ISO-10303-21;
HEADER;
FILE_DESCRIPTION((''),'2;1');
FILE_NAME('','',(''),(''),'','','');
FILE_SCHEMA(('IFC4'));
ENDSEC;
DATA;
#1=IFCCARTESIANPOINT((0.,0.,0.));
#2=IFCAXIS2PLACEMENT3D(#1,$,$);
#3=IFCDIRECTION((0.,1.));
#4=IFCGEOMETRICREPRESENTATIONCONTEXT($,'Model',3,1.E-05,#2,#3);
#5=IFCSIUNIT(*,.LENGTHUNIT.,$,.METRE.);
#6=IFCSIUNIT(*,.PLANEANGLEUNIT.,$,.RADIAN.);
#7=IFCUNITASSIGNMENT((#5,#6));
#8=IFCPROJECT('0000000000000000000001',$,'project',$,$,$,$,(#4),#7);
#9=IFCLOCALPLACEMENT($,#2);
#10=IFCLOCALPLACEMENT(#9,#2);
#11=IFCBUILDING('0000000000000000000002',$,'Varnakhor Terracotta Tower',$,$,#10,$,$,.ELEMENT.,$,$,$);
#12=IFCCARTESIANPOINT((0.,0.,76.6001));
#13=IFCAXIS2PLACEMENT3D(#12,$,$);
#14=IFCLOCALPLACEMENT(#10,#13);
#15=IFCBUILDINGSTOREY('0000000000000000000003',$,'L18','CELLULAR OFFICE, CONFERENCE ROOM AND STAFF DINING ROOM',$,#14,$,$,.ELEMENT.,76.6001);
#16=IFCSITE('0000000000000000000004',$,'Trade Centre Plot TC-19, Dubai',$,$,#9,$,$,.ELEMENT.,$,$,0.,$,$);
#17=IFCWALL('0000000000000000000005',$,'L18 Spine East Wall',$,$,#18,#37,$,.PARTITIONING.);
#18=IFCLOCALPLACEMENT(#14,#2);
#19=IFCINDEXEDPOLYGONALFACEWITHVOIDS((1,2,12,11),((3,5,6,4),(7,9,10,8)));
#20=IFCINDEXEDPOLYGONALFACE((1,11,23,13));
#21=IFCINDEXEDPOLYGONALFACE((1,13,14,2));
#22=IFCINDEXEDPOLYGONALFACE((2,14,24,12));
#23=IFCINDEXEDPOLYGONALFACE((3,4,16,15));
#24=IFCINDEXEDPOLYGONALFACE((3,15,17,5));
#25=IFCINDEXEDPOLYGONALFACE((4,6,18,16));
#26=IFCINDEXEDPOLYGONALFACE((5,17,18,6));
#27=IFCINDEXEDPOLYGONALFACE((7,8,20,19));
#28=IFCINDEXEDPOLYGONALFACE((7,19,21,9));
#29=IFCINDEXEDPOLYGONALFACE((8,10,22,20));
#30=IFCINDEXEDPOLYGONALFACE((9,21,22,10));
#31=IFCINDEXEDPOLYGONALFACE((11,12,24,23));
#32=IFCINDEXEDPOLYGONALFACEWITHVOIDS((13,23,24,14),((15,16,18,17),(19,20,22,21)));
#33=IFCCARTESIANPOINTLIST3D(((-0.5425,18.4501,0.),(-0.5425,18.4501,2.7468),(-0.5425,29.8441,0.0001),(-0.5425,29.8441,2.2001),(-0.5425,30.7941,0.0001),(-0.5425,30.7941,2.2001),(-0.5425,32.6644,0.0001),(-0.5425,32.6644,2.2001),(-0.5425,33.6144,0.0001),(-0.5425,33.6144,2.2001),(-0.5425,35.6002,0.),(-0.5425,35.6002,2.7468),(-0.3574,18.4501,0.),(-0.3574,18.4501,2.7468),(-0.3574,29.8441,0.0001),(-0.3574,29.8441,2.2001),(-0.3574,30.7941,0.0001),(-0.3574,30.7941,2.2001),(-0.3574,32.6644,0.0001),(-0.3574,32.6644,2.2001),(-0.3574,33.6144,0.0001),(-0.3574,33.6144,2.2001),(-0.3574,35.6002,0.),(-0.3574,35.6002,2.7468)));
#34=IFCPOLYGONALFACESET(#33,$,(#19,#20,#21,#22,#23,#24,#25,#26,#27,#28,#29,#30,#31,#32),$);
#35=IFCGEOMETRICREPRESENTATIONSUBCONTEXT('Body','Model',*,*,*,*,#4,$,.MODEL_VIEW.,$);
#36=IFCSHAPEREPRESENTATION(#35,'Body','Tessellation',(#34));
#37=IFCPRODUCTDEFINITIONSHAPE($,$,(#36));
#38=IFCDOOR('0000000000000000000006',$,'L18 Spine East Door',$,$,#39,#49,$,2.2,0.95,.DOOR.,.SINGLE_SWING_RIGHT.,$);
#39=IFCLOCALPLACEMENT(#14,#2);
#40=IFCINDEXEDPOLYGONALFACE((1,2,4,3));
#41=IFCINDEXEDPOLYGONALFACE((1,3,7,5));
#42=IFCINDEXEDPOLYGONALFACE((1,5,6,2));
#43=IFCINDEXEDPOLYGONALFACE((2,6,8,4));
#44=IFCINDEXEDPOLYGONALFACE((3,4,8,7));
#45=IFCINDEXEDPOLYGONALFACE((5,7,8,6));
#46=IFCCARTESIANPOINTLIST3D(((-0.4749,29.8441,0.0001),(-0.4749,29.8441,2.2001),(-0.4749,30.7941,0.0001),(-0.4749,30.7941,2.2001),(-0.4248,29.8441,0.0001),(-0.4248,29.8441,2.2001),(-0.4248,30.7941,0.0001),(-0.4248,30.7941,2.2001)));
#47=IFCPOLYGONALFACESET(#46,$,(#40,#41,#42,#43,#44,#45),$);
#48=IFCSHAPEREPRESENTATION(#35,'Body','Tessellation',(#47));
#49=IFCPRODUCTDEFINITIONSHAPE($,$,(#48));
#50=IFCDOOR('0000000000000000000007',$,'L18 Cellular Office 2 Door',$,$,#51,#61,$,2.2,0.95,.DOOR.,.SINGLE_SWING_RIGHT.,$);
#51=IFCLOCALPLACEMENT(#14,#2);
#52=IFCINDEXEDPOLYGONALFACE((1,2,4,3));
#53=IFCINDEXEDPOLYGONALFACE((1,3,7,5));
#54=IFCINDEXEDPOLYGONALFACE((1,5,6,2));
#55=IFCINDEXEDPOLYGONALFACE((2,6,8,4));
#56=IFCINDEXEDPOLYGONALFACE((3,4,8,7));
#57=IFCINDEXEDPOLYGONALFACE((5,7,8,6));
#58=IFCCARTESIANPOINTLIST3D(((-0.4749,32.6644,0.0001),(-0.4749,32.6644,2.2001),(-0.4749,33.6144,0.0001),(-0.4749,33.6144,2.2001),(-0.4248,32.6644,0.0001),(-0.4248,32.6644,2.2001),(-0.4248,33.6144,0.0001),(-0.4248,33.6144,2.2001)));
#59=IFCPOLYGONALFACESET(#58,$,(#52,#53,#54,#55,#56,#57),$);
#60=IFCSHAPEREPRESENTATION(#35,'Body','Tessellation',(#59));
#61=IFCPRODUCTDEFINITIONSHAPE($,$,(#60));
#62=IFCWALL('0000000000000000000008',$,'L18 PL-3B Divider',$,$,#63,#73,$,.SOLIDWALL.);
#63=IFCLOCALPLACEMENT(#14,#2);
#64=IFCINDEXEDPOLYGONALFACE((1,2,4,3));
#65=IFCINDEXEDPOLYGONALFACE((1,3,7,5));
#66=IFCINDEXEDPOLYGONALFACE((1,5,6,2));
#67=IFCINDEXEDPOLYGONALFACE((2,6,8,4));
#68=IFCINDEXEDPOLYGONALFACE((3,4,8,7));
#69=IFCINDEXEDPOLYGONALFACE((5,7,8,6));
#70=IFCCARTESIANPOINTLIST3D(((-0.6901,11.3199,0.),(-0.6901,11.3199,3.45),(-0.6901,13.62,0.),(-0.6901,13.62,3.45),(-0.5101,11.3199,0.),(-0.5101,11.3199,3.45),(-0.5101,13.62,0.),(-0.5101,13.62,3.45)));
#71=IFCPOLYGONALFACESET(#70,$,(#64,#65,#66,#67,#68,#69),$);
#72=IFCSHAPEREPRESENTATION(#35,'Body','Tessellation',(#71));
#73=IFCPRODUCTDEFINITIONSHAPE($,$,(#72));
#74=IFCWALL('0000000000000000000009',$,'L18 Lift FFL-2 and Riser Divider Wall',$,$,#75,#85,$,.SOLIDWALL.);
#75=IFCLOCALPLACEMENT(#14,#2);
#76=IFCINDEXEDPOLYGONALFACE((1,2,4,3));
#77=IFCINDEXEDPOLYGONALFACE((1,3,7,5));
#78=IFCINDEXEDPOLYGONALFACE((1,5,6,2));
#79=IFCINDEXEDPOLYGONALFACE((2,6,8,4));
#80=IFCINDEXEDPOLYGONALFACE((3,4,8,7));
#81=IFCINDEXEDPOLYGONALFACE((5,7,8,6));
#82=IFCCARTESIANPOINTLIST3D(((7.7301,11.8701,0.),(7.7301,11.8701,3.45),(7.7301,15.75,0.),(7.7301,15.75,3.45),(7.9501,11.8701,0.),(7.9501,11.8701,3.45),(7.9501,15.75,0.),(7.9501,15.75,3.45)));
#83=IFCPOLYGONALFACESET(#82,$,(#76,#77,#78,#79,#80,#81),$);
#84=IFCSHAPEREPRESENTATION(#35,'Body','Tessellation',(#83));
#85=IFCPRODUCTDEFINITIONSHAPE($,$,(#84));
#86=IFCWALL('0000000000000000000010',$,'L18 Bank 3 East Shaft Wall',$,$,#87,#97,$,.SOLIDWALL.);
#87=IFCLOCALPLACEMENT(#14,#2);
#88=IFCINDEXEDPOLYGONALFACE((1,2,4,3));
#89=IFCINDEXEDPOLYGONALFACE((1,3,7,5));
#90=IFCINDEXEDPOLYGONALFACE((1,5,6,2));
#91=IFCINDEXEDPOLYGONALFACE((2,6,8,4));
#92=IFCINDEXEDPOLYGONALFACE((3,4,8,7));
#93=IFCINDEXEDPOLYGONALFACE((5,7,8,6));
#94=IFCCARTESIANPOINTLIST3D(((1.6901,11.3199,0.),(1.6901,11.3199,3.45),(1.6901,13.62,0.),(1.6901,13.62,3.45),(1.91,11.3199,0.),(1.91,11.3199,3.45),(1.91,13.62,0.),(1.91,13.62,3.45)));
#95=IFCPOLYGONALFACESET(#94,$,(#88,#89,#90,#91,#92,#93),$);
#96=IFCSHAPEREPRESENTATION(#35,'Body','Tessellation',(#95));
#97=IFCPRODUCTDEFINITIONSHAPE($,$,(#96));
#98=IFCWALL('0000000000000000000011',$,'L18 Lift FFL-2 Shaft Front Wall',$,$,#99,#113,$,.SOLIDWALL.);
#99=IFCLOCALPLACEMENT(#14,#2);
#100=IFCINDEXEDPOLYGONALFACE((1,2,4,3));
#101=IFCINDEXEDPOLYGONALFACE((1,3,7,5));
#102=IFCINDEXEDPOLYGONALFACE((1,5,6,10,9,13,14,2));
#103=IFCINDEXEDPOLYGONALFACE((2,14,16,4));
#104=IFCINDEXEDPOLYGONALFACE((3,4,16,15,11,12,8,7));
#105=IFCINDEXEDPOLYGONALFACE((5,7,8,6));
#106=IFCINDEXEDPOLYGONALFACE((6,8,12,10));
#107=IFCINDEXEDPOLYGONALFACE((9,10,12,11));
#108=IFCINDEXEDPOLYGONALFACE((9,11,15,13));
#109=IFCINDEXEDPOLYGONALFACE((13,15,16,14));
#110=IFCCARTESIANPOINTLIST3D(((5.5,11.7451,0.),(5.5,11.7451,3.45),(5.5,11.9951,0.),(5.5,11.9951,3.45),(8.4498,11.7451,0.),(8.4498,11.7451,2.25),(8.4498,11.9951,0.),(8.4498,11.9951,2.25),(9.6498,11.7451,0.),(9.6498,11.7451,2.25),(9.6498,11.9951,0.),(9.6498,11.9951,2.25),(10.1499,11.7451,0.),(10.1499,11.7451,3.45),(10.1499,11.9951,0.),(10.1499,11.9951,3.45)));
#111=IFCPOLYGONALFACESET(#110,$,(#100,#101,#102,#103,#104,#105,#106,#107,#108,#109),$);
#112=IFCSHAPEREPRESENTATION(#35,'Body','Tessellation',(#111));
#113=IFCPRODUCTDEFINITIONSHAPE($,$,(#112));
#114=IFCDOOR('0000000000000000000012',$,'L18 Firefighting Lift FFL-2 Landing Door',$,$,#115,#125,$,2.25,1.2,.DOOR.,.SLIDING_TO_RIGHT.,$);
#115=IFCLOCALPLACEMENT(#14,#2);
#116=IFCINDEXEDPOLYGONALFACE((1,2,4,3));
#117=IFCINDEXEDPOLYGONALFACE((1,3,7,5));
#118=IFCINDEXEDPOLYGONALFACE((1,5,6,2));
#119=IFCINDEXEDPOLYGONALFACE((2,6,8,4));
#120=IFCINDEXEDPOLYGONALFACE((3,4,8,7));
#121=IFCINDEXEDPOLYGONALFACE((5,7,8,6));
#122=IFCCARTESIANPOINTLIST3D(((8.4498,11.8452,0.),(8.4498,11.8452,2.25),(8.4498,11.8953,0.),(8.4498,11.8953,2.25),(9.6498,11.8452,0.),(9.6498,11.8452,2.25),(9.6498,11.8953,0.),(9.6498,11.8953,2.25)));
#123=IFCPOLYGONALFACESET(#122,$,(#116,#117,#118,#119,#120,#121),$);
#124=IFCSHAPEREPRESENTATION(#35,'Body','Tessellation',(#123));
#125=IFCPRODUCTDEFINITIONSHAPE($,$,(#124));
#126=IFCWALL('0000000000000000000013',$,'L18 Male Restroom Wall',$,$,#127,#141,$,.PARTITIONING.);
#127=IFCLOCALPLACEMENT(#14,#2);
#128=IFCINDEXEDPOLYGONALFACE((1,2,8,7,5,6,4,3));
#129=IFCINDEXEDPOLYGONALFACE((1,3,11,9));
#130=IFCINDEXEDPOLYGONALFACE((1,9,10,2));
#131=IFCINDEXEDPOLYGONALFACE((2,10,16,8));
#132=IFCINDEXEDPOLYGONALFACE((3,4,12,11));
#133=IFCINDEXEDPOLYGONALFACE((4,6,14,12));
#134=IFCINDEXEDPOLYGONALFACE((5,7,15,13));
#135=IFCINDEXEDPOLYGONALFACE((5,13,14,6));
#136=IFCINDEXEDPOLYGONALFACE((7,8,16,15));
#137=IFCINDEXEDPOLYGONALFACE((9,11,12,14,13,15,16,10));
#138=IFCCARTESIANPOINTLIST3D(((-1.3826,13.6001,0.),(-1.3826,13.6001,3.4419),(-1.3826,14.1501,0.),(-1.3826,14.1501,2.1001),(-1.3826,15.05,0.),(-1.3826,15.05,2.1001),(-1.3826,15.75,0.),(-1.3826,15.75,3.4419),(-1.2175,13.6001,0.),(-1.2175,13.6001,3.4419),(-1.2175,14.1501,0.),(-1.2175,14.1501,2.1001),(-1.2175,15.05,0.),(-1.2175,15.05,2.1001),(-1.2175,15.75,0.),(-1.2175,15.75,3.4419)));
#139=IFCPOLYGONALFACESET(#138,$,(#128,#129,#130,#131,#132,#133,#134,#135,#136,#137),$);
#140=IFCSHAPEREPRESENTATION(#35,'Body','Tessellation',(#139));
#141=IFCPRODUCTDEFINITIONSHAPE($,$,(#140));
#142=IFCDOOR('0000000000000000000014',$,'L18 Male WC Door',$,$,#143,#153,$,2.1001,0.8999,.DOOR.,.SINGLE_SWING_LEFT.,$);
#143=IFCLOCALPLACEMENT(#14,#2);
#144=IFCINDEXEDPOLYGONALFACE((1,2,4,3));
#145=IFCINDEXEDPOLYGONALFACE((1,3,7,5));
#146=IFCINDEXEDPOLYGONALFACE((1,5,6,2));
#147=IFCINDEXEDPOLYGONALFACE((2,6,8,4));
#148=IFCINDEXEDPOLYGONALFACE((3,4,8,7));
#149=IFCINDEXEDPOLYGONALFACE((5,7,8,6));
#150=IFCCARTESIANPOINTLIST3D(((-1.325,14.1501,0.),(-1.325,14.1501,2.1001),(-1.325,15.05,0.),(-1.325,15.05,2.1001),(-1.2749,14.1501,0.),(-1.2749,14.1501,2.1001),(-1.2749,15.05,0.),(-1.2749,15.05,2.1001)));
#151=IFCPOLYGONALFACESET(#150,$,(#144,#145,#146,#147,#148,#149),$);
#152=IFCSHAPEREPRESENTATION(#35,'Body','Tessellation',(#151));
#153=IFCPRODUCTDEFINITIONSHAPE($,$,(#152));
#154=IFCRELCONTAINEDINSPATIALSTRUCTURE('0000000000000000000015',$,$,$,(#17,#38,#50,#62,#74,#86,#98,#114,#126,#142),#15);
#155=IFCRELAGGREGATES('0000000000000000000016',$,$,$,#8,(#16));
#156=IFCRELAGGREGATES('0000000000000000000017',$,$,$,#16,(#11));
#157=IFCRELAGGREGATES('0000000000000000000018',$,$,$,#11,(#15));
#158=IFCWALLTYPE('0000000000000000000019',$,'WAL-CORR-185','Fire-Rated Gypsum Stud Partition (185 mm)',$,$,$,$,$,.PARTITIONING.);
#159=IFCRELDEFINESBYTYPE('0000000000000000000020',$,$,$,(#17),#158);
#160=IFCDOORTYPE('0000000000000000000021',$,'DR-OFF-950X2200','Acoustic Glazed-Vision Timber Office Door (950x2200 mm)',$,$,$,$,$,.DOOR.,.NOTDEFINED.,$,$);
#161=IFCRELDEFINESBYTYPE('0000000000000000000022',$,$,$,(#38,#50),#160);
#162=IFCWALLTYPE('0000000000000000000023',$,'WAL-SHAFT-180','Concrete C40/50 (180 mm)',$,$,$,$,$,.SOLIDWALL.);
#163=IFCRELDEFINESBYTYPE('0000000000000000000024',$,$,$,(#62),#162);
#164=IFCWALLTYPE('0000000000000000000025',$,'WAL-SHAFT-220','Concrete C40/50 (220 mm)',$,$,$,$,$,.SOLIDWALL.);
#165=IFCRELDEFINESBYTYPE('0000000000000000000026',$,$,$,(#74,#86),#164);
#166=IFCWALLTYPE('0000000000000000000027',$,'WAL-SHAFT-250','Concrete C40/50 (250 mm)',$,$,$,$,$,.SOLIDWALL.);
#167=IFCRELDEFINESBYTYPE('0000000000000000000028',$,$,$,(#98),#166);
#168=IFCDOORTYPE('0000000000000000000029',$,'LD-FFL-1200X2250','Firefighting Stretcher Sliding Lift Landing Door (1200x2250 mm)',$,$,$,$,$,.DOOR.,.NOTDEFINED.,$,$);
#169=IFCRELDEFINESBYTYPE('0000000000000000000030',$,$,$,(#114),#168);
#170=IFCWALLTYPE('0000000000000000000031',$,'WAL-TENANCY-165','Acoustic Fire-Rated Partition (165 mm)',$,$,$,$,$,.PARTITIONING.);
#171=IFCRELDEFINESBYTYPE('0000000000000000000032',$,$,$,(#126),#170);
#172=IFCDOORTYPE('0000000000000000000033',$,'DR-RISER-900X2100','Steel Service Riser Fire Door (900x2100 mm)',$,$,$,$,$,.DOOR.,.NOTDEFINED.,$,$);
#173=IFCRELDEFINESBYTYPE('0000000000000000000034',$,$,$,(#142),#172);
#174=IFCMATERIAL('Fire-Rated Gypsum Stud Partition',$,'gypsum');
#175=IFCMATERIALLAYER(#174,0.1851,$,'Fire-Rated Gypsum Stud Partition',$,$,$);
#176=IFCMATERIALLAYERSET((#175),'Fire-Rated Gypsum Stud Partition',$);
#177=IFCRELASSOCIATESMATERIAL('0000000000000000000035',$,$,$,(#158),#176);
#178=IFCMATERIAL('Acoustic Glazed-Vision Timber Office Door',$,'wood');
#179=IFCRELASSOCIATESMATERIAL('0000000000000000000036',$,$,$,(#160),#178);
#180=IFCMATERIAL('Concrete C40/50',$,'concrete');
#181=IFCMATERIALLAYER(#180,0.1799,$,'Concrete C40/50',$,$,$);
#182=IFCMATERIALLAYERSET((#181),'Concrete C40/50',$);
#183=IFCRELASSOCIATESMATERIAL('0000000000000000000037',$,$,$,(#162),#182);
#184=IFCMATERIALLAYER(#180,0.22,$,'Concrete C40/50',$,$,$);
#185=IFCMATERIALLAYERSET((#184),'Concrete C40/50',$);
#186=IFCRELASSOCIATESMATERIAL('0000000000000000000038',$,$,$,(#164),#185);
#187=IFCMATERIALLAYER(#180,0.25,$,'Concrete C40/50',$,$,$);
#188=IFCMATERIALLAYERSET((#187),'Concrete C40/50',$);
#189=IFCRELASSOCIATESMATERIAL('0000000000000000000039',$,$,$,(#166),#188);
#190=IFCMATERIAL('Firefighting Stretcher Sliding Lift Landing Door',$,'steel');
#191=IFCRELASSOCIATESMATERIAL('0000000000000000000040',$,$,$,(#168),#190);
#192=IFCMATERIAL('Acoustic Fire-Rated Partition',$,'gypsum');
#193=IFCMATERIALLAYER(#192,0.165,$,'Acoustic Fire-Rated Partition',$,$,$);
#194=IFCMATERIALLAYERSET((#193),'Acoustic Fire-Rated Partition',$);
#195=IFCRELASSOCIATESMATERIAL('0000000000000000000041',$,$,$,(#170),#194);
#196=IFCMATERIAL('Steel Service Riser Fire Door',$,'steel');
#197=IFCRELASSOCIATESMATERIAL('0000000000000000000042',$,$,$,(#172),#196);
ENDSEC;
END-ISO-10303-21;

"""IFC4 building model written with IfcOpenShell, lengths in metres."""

from ifc_helpers import new_model, si_unit, direction, frame, frame_2d, origin, place, context, subcontext, project, spatial, rectangle, extrude, source, transform, mapped, material, layer, layer_set, type_object, type_shapes, element, fill, save


model = new_model("IFC4")

# Units and contexts
model_context = context("Model", 3, precision=1e-05, world=origin(), true_north=direction((0.0, 1.0)))
body_context = subcontext(model_context, "Body", "Model", "MODEL_VIEW")
ifc_project = project(units=[si_unit("LENGTHUNIT", "METRE"), si_unit("PLANEANGLEUNIT", "RADIAN")], contexts=[model_context])

# Site, building, storey
site_placement = place(None, origin())
site = spatial("IfcSite", under=ifc_project, at=site_placement, Name="Trade Centre Plot TC-19, Dubai", CompositionType="ELEMENT", RefElevation=0.0)
building_placement = place(site_placement, origin())
building = spatial("IfcBuilding", under=site, at=building_placement, Name="Varnakhor Terracotta Tower", CompositionType="ELEMENT")
storey_placement = place(building_placement, frame((0.0, 0.0, 76.6001)))
storey = spatial("IfcBuildingStorey", under=building, at=storey_placement, Name="L18", Description="CELLULAR OFFICE, CONFERENCE ROOM AND STAFF DINING ROOM", CompositionType="ELEMENT", Elevation=76.6001)

# Shared definitions
ifc_material_1 = material(Name="Fire-Rated Gypsum Stud Partition", Category="gypsum")
ifc_layer_1 = layer(ifc_material_1, 0.1851, Name="Fire-Rated Gypsum Stud Partition")
ifc_layer_set_1 = layer_set([ifc_layer_1], Name="Fire-Rated Gypsum Stud Partition")
wall_type_1 = type_object("IfcWallType", Name="WAL-CORR-185", Description="Fire-Rated Gypsum Stud Partition (185 mm)", PredefinedType="PARTITIONING", material=ifc_layer_set_1)
ifc_material_2 = material(Name="Acoustic Glazed-Vision Timber Office Door", Category="wood")
door_type_1 = type_object("IfcDoorType", Name="DR-OFF-950X2200", Description="Acoustic Glazed-Vision Timber Office Door (950x2200 mm)", OperationType="NOTDEFINED", PredefinedType="DOOR", material=ifc_material_2)
shared_shape_1 = source(origin(), body_context, "Body", "SweptSolid", [
    extrude(rectangle(XDim=0.95, YDim=2.2, at=frame_2d((0.4751, 1.1001))), frame((0.0, 0.0249, 0.0), z_axis=(0.0, -1.0, 0.0), x_axis=(1.0, 0.0, 0.0)), (0.0, 0.0, 1.0), 0.05),
])
type_shapes(door_type_1, [shared_shape_1])

# Wall, openings, doors
wall_1_placement = place(storey_placement, frame((-0.45, 18.45, 0.0), z_axis=(0.0, 0.0, 1.0), x_axis=(0.0, 1.0, 0.0)))
wall_1 = element("IfcWall", 1, at=wall_1_placement, inside=storey, type_object=wall_type_1, Name="L18 Spine East Wall", PredefinedType="PARTITIONING", context=body_context, shape_type="SweptSolid", body=[
    extrude(rectangle(XDim=17.1501, YDim=0.1851, at=frame_2d((8.5752, 0.0))), origin(), (0.0, 0.0, 1.0), 2.7468),
])
opening_1_placement = place(wall_1_placement, frame((11.394, 0.0, 0.0)))
opening_1 = element("IfcOpeningElement", 2, at=opening_1_placement, cuts=wall_1, PredefinedType="OPENING", context=body_context, shape_type="SweptSolid", body=[
    extrude(rectangle(XDim=0.95, YDim=2.2, at=frame_2d((0.4751, 1.1001))), frame((0.0, 0.1025, 0.0), z_axis=(0.0, -1.0, 0.0), x_axis=(1.0, 0.0, 0.0)), (0.0, 0.0, 1.0), 0.2051),
])
opening_2_placement = place(wall_1_placement, frame((14.2144, 0.0, 0.0)))
opening_2 = element("IfcOpeningElement", 3, at=opening_2_placement, cuts=wall_1, PredefinedType="OPENING", context=body_context, shape_type="SweptSolid", body=[
    extrude(rectangle(XDim=0.95, YDim=2.2, at=frame_2d((0.4751, 1.1001))), frame((0.0, 0.1025, 0.0), z_axis=(0.0, -1.0, 0.0), x_axis=(1.0, 0.0, 0.0)), (0.0, 0.0, 1.0), 0.2051),
])
door_1_placement = place(opening_1_placement, origin())
door_1 = element("IfcDoor", 4, at=door_1_placement, inside=storey, type_object=door_type_1, Name="L18 Spine East Door", OperationType="SINGLE_SWING_RIGHT", OverallHeight=2.2, OverallWidth=0.95, PredefinedType="DOOR", context=body_context, shape_type="MappedRepresentation", body=[
    mapped(shared_shape_1, transform((0.0, 0.0, 0.0), scale=1.0)),
])
fill(opening_1, door_1)
door_2_placement = place(opening_2_placement, origin())
door_2 = element("IfcDoor", 5, at=door_2_placement, inside=storey, type_object=door_type_1, Name="L18 Cellular Office 2 Door", OperationType="SINGLE_SWING_RIGHT", OverallHeight=2.2, OverallWidth=0.95, PredefinedType="DOOR", context=body_context, shape_type="MappedRepresentation", body=[
    mapped(shared_shape_1, transform((0.0, 0.0, 0.0), scale=1.0)),
])
fill(opening_2, door_2)

# Walls
ifc_material_3 = material(Name="Concrete C40/50", Category="concrete")
ifc_layer_2 = layer(ifc_material_3, 0.1799, Name="Concrete C40/50")
ifc_layer_set_2 = layer_set([ifc_layer_2], Name="Concrete C40/50")
wall_type_2 = type_object("IfcWallType", Name="WAL-SHAFT-180", Description="Concrete C40/50 (180 mm)", PredefinedType="SOLIDWALL", material=ifc_layer_set_2)
wall_2_placement = place(storey_placement, frame((-0.6001, 11.3201, 0.0), z_axis=(0.0, 0.0, 1.0), x_axis=(0.0, 1.0, 0.0)))
element("IfcWall", 6, at=wall_2_placement, inside=storey, type_object=wall_type_2, Name="L18 PL-3B Divider", PredefinedType="SOLIDWALL", context=body_context, shape_type="SweptSolid", body=[
    extrude(rectangle(XDim=2.3, YDim=0.1799, at=frame_2d((1.1499, 0.0))), origin(), (0.0, 0.0, 1.0), 3.45),
])
ifc_layer_3 = layer(ifc_material_3, 0.22, Name="Concrete C40/50")
ifc_layer_set_3 = layer_set([ifc_layer_3], Name="Concrete C40/50")
wall_type_3 = type_object("IfcWallType", Name="WAL-SHAFT-220", Description="Concrete C40/50 (220 mm)", PredefinedType="SOLIDWALL", material=ifc_layer_set_3)
wall_3_placement = place(storey_placement, frame((7.8401, 11.8701, 0.0), z_axis=(0.0, 0.0, 1.0), x_axis=(0.0, 1.0, 0.0)))
element("IfcWall", 7, at=wall_3_placement, inside=storey, type_object=wall_type_3, Name="L18 Lift FFL-2 and Riser Divider Wall", PredefinedType="SOLIDWALL", context=body_context, shape_type="SweptSolid", body=[
    extrude(rectangle(XDim=3.8799, YDim=0.22, at=frame_2d((1.9399, 0.0))), origin(), (0.0, 0.0, 1.0), 3.45),
])
wall_4_placement = place(storey_placement, frame((1.8, 11.3201, 0.0), z_axis=(0.0, 0.0, 1.0), x_axis=(0.0, 1.0, 0.0)))
element("IfcWall", 8, at=wall_4_placement, inside=storey, type_object=wall_type_3, Name="L18 Bank 3 East Shaft Wall", PredefinedType="SOLIDWALL", context=body_context, shape_type="SweptSolid", body=[
    extrude(rectangle(XDim=2.3, YDim=0.22, at=frame_2d((1.1499, 0.0))), origin(), (0.0, 0.0, 1.0), 3.45),
])

# Walls, openings, doors
ifc_layer_4 = layer(ifc_material_3, 0.25, Name="Concrete C40/50")
ifc_layer_set_4 = layer_set([ifc_layer_4], Name="Concrete C40/50")
wall_type_4 = type_object("IfcWallType", Name="WAL-SHAFT-250", Description="Concrete C40/50 (250 mm)", PredefinedType="SOLIDWALL", material=ifc_layer_set_4)
wall_5_placement = place(storey_placement, frame((10.1499, 11.8701, 0.0), z_axis=(0.0, 0.0, 1.0), x_axis=(-1.0, 0.0, 0.0)))
wall_5 = element("IfcWall", 9, at=wall_5_placement, inside=storey, type_object=wall_type_4, Name="L18 Lift FFL-2 Shaft Front Wall", PredefinedType="SOLIDWALL", context=body_context, shape_type="SweptSolid", body=[
    extrude(rectangle(XDim=4.6499, YDim=0.25, at=frame_2d((2.325, 0.0))), origin(), (0.0, 0.0, 1.0), 3.45),
])
opening_3_placement = place(wall_5_placement, frame((0.5, 0.0, 0.0)))
opening_3 = element("IfcOpeningElement", 10, at=opening_3_placement, cuts=wall_5, PredefinedType="OPENING", context=body_context, shape_type="SweptSolid", body=[
    extrude(rectangle(XDim=1.2, YDim=2.25, at=frame_2d((0.6001, 1.125))), frame((0.0, 0.135, 0.0), z_axis=(0.0, -1.0, 0.0), x_axis=(1.0, 0.0, 0.0)), (0.0, 0.0, 1.0), 0.27),
])
ifc_material_4 = material(Name="Firefighting Stretcher Sliding Lift Landing Door", Category="steel")
door_type_2 = type_object("IfcDoorType", Name="LD-FFL-1200X2250", Description="Firefighting Stretcher Sliding Lift Landing Door (1200x2250 mm)", OperationType="NOTDEFINED", PredefinedType="DOOR", material=ifc_material_4)
shared_shape_2 = source(origin(), body_context, "Body", "SweptSolid", [
    extrude(rectangle(XDim=1.2, YDim=2.25, at=frame_2d((0.6001, 1.125))), frame((0.0, 0.0249, 0.0), z_axis=(0.0, -1.0, 0.0), x_axis=(1.0, 0.0, 0.0)), (0.0, 0.0, 1.0), 0.05),
])
type_shapes(door_type_2, [shared_shape_2])
door_3_placement = place(opening_3_placement, origin())
door_3 = element("IfcDoor", 11, at=door_3_placement, inside=storey, type_object=door_type_2, Name="L18 Firefighting Lift FFL-2 Landing Door", OperationType="SLIDING_TO_RIGHT", OverallHeight=2.25, OverallWidth=1.2, PredefinedType="DOOR", context=body_context, shape_type="MappedRepresentation", body=[
    mapped(shared_shape_2, transform((0.0, 0.0, 0.0), scale=1.0)),
])
fill(opening_3, door_3)
ifc_material_5 = material(Name="Acoustic Fire-Rated Partition", Category="gypsum")
ifc_layer_5 = layer(ifc_material_5, 0.165, Name="Acoustic Fire-Rated Partition")
ifc_layer_set_5 = layer_set([ifc_layer_5], Name="Acoustic Fire-Rated Partition")
wall_type_5 = type_object("IfcWallType", Name="WAL-TENANCY-165", Description="Acoustic Fire-Rated Partition (165 mm)", PredefinedType="PARTITIONING", material=ifc_layer_set_5)
wall_6_placement = place(storey_placement, frame((-1.3, 13.6001, 0.0), z_axis=(0.0, 0.0, 1.0), x_axis=(0.0, 1.0, 0.0)))
wall_6 = element("IfcWall", 12, at=wall_6_placement, inside=storey, type_object=wall_type_5, Name="L18 Male Restroom Wall", PredefinedType="PARTITIONING", context=body_context, shape_type="SweptSolid", body=[
    extrude(rectangle(XDim=2.1499, YDim=0.165, at=frame_2d((1.075, 0.0))), origin(), (0.0, 0.0, 1.0), 3.4419),
])
opening_4_placement = place(wall_6_placement, frame((0.55, 0.0, 0.0)))
opening_4 = element("IfcOpeningElement", 13, at=opening_4_placement, cuts=wall_6, PredefinedType="OPENING", context=body_context, shape_type="SweptSolid", body=[
    extrude(rectangle(XDim=0.8999, YDim=2.1001, at=frame_2d((0.45, 1.05))), frame((0.0, 0.0925, 0.0), z_axis=(0.0, -1.0, 0.0), x_axis=(1.0, 0.0, 0.0)), (0.0, 0.0, 1.0), 0.1851),
])
ifc_material_6 = material(Name="Steel Service Riser Fire Door", Category="steel")
door_type_3 = type_object("IfcDoorType", Name="DR-RISER-900X2100", Description="Steel Service Riser Fire Door (900x2100 mm)", OperationType="NOTDEFINED", PredefinedType="DOOR", material=ifc_material_6)
shared_shape_3 = source(origin(), body_context, "Body", "SweptSolid", [
    extrude(rectangle(XDim=0.8999, YDim=2.1001, at=frame_2d((0.45, 1.05))), frame((0.0, 0.0249, 0.0), z_axis=(0.0, -1.0, 0.0), x_axis=(1.0, 0.0, 0.0)), (0.0, 0.0, 1.0), 0.05),
])
type_shapes(door_type_3, [shared_shape_3])
door_4_placement = place(opening_4_placement, origin())
door_4 = element("IfcDoor", 14, at=door_4_placement, inside=storey, type_object=door_type_3, Name="L18 Male WC Door", OperationType="SINGLE_SWING_LEFT", OverallHeight=2.1001, OverallWidth=0.8999, PredefinedType="DOOR", context=body_context, shape_type="MappedRepresentation", body=[
    mapped(shared_shape_3, transform((0.0, 0.0, 0.0), scale=1.0)),
])
fill(opening_4, door_4)

save(model, "model.ifc")
